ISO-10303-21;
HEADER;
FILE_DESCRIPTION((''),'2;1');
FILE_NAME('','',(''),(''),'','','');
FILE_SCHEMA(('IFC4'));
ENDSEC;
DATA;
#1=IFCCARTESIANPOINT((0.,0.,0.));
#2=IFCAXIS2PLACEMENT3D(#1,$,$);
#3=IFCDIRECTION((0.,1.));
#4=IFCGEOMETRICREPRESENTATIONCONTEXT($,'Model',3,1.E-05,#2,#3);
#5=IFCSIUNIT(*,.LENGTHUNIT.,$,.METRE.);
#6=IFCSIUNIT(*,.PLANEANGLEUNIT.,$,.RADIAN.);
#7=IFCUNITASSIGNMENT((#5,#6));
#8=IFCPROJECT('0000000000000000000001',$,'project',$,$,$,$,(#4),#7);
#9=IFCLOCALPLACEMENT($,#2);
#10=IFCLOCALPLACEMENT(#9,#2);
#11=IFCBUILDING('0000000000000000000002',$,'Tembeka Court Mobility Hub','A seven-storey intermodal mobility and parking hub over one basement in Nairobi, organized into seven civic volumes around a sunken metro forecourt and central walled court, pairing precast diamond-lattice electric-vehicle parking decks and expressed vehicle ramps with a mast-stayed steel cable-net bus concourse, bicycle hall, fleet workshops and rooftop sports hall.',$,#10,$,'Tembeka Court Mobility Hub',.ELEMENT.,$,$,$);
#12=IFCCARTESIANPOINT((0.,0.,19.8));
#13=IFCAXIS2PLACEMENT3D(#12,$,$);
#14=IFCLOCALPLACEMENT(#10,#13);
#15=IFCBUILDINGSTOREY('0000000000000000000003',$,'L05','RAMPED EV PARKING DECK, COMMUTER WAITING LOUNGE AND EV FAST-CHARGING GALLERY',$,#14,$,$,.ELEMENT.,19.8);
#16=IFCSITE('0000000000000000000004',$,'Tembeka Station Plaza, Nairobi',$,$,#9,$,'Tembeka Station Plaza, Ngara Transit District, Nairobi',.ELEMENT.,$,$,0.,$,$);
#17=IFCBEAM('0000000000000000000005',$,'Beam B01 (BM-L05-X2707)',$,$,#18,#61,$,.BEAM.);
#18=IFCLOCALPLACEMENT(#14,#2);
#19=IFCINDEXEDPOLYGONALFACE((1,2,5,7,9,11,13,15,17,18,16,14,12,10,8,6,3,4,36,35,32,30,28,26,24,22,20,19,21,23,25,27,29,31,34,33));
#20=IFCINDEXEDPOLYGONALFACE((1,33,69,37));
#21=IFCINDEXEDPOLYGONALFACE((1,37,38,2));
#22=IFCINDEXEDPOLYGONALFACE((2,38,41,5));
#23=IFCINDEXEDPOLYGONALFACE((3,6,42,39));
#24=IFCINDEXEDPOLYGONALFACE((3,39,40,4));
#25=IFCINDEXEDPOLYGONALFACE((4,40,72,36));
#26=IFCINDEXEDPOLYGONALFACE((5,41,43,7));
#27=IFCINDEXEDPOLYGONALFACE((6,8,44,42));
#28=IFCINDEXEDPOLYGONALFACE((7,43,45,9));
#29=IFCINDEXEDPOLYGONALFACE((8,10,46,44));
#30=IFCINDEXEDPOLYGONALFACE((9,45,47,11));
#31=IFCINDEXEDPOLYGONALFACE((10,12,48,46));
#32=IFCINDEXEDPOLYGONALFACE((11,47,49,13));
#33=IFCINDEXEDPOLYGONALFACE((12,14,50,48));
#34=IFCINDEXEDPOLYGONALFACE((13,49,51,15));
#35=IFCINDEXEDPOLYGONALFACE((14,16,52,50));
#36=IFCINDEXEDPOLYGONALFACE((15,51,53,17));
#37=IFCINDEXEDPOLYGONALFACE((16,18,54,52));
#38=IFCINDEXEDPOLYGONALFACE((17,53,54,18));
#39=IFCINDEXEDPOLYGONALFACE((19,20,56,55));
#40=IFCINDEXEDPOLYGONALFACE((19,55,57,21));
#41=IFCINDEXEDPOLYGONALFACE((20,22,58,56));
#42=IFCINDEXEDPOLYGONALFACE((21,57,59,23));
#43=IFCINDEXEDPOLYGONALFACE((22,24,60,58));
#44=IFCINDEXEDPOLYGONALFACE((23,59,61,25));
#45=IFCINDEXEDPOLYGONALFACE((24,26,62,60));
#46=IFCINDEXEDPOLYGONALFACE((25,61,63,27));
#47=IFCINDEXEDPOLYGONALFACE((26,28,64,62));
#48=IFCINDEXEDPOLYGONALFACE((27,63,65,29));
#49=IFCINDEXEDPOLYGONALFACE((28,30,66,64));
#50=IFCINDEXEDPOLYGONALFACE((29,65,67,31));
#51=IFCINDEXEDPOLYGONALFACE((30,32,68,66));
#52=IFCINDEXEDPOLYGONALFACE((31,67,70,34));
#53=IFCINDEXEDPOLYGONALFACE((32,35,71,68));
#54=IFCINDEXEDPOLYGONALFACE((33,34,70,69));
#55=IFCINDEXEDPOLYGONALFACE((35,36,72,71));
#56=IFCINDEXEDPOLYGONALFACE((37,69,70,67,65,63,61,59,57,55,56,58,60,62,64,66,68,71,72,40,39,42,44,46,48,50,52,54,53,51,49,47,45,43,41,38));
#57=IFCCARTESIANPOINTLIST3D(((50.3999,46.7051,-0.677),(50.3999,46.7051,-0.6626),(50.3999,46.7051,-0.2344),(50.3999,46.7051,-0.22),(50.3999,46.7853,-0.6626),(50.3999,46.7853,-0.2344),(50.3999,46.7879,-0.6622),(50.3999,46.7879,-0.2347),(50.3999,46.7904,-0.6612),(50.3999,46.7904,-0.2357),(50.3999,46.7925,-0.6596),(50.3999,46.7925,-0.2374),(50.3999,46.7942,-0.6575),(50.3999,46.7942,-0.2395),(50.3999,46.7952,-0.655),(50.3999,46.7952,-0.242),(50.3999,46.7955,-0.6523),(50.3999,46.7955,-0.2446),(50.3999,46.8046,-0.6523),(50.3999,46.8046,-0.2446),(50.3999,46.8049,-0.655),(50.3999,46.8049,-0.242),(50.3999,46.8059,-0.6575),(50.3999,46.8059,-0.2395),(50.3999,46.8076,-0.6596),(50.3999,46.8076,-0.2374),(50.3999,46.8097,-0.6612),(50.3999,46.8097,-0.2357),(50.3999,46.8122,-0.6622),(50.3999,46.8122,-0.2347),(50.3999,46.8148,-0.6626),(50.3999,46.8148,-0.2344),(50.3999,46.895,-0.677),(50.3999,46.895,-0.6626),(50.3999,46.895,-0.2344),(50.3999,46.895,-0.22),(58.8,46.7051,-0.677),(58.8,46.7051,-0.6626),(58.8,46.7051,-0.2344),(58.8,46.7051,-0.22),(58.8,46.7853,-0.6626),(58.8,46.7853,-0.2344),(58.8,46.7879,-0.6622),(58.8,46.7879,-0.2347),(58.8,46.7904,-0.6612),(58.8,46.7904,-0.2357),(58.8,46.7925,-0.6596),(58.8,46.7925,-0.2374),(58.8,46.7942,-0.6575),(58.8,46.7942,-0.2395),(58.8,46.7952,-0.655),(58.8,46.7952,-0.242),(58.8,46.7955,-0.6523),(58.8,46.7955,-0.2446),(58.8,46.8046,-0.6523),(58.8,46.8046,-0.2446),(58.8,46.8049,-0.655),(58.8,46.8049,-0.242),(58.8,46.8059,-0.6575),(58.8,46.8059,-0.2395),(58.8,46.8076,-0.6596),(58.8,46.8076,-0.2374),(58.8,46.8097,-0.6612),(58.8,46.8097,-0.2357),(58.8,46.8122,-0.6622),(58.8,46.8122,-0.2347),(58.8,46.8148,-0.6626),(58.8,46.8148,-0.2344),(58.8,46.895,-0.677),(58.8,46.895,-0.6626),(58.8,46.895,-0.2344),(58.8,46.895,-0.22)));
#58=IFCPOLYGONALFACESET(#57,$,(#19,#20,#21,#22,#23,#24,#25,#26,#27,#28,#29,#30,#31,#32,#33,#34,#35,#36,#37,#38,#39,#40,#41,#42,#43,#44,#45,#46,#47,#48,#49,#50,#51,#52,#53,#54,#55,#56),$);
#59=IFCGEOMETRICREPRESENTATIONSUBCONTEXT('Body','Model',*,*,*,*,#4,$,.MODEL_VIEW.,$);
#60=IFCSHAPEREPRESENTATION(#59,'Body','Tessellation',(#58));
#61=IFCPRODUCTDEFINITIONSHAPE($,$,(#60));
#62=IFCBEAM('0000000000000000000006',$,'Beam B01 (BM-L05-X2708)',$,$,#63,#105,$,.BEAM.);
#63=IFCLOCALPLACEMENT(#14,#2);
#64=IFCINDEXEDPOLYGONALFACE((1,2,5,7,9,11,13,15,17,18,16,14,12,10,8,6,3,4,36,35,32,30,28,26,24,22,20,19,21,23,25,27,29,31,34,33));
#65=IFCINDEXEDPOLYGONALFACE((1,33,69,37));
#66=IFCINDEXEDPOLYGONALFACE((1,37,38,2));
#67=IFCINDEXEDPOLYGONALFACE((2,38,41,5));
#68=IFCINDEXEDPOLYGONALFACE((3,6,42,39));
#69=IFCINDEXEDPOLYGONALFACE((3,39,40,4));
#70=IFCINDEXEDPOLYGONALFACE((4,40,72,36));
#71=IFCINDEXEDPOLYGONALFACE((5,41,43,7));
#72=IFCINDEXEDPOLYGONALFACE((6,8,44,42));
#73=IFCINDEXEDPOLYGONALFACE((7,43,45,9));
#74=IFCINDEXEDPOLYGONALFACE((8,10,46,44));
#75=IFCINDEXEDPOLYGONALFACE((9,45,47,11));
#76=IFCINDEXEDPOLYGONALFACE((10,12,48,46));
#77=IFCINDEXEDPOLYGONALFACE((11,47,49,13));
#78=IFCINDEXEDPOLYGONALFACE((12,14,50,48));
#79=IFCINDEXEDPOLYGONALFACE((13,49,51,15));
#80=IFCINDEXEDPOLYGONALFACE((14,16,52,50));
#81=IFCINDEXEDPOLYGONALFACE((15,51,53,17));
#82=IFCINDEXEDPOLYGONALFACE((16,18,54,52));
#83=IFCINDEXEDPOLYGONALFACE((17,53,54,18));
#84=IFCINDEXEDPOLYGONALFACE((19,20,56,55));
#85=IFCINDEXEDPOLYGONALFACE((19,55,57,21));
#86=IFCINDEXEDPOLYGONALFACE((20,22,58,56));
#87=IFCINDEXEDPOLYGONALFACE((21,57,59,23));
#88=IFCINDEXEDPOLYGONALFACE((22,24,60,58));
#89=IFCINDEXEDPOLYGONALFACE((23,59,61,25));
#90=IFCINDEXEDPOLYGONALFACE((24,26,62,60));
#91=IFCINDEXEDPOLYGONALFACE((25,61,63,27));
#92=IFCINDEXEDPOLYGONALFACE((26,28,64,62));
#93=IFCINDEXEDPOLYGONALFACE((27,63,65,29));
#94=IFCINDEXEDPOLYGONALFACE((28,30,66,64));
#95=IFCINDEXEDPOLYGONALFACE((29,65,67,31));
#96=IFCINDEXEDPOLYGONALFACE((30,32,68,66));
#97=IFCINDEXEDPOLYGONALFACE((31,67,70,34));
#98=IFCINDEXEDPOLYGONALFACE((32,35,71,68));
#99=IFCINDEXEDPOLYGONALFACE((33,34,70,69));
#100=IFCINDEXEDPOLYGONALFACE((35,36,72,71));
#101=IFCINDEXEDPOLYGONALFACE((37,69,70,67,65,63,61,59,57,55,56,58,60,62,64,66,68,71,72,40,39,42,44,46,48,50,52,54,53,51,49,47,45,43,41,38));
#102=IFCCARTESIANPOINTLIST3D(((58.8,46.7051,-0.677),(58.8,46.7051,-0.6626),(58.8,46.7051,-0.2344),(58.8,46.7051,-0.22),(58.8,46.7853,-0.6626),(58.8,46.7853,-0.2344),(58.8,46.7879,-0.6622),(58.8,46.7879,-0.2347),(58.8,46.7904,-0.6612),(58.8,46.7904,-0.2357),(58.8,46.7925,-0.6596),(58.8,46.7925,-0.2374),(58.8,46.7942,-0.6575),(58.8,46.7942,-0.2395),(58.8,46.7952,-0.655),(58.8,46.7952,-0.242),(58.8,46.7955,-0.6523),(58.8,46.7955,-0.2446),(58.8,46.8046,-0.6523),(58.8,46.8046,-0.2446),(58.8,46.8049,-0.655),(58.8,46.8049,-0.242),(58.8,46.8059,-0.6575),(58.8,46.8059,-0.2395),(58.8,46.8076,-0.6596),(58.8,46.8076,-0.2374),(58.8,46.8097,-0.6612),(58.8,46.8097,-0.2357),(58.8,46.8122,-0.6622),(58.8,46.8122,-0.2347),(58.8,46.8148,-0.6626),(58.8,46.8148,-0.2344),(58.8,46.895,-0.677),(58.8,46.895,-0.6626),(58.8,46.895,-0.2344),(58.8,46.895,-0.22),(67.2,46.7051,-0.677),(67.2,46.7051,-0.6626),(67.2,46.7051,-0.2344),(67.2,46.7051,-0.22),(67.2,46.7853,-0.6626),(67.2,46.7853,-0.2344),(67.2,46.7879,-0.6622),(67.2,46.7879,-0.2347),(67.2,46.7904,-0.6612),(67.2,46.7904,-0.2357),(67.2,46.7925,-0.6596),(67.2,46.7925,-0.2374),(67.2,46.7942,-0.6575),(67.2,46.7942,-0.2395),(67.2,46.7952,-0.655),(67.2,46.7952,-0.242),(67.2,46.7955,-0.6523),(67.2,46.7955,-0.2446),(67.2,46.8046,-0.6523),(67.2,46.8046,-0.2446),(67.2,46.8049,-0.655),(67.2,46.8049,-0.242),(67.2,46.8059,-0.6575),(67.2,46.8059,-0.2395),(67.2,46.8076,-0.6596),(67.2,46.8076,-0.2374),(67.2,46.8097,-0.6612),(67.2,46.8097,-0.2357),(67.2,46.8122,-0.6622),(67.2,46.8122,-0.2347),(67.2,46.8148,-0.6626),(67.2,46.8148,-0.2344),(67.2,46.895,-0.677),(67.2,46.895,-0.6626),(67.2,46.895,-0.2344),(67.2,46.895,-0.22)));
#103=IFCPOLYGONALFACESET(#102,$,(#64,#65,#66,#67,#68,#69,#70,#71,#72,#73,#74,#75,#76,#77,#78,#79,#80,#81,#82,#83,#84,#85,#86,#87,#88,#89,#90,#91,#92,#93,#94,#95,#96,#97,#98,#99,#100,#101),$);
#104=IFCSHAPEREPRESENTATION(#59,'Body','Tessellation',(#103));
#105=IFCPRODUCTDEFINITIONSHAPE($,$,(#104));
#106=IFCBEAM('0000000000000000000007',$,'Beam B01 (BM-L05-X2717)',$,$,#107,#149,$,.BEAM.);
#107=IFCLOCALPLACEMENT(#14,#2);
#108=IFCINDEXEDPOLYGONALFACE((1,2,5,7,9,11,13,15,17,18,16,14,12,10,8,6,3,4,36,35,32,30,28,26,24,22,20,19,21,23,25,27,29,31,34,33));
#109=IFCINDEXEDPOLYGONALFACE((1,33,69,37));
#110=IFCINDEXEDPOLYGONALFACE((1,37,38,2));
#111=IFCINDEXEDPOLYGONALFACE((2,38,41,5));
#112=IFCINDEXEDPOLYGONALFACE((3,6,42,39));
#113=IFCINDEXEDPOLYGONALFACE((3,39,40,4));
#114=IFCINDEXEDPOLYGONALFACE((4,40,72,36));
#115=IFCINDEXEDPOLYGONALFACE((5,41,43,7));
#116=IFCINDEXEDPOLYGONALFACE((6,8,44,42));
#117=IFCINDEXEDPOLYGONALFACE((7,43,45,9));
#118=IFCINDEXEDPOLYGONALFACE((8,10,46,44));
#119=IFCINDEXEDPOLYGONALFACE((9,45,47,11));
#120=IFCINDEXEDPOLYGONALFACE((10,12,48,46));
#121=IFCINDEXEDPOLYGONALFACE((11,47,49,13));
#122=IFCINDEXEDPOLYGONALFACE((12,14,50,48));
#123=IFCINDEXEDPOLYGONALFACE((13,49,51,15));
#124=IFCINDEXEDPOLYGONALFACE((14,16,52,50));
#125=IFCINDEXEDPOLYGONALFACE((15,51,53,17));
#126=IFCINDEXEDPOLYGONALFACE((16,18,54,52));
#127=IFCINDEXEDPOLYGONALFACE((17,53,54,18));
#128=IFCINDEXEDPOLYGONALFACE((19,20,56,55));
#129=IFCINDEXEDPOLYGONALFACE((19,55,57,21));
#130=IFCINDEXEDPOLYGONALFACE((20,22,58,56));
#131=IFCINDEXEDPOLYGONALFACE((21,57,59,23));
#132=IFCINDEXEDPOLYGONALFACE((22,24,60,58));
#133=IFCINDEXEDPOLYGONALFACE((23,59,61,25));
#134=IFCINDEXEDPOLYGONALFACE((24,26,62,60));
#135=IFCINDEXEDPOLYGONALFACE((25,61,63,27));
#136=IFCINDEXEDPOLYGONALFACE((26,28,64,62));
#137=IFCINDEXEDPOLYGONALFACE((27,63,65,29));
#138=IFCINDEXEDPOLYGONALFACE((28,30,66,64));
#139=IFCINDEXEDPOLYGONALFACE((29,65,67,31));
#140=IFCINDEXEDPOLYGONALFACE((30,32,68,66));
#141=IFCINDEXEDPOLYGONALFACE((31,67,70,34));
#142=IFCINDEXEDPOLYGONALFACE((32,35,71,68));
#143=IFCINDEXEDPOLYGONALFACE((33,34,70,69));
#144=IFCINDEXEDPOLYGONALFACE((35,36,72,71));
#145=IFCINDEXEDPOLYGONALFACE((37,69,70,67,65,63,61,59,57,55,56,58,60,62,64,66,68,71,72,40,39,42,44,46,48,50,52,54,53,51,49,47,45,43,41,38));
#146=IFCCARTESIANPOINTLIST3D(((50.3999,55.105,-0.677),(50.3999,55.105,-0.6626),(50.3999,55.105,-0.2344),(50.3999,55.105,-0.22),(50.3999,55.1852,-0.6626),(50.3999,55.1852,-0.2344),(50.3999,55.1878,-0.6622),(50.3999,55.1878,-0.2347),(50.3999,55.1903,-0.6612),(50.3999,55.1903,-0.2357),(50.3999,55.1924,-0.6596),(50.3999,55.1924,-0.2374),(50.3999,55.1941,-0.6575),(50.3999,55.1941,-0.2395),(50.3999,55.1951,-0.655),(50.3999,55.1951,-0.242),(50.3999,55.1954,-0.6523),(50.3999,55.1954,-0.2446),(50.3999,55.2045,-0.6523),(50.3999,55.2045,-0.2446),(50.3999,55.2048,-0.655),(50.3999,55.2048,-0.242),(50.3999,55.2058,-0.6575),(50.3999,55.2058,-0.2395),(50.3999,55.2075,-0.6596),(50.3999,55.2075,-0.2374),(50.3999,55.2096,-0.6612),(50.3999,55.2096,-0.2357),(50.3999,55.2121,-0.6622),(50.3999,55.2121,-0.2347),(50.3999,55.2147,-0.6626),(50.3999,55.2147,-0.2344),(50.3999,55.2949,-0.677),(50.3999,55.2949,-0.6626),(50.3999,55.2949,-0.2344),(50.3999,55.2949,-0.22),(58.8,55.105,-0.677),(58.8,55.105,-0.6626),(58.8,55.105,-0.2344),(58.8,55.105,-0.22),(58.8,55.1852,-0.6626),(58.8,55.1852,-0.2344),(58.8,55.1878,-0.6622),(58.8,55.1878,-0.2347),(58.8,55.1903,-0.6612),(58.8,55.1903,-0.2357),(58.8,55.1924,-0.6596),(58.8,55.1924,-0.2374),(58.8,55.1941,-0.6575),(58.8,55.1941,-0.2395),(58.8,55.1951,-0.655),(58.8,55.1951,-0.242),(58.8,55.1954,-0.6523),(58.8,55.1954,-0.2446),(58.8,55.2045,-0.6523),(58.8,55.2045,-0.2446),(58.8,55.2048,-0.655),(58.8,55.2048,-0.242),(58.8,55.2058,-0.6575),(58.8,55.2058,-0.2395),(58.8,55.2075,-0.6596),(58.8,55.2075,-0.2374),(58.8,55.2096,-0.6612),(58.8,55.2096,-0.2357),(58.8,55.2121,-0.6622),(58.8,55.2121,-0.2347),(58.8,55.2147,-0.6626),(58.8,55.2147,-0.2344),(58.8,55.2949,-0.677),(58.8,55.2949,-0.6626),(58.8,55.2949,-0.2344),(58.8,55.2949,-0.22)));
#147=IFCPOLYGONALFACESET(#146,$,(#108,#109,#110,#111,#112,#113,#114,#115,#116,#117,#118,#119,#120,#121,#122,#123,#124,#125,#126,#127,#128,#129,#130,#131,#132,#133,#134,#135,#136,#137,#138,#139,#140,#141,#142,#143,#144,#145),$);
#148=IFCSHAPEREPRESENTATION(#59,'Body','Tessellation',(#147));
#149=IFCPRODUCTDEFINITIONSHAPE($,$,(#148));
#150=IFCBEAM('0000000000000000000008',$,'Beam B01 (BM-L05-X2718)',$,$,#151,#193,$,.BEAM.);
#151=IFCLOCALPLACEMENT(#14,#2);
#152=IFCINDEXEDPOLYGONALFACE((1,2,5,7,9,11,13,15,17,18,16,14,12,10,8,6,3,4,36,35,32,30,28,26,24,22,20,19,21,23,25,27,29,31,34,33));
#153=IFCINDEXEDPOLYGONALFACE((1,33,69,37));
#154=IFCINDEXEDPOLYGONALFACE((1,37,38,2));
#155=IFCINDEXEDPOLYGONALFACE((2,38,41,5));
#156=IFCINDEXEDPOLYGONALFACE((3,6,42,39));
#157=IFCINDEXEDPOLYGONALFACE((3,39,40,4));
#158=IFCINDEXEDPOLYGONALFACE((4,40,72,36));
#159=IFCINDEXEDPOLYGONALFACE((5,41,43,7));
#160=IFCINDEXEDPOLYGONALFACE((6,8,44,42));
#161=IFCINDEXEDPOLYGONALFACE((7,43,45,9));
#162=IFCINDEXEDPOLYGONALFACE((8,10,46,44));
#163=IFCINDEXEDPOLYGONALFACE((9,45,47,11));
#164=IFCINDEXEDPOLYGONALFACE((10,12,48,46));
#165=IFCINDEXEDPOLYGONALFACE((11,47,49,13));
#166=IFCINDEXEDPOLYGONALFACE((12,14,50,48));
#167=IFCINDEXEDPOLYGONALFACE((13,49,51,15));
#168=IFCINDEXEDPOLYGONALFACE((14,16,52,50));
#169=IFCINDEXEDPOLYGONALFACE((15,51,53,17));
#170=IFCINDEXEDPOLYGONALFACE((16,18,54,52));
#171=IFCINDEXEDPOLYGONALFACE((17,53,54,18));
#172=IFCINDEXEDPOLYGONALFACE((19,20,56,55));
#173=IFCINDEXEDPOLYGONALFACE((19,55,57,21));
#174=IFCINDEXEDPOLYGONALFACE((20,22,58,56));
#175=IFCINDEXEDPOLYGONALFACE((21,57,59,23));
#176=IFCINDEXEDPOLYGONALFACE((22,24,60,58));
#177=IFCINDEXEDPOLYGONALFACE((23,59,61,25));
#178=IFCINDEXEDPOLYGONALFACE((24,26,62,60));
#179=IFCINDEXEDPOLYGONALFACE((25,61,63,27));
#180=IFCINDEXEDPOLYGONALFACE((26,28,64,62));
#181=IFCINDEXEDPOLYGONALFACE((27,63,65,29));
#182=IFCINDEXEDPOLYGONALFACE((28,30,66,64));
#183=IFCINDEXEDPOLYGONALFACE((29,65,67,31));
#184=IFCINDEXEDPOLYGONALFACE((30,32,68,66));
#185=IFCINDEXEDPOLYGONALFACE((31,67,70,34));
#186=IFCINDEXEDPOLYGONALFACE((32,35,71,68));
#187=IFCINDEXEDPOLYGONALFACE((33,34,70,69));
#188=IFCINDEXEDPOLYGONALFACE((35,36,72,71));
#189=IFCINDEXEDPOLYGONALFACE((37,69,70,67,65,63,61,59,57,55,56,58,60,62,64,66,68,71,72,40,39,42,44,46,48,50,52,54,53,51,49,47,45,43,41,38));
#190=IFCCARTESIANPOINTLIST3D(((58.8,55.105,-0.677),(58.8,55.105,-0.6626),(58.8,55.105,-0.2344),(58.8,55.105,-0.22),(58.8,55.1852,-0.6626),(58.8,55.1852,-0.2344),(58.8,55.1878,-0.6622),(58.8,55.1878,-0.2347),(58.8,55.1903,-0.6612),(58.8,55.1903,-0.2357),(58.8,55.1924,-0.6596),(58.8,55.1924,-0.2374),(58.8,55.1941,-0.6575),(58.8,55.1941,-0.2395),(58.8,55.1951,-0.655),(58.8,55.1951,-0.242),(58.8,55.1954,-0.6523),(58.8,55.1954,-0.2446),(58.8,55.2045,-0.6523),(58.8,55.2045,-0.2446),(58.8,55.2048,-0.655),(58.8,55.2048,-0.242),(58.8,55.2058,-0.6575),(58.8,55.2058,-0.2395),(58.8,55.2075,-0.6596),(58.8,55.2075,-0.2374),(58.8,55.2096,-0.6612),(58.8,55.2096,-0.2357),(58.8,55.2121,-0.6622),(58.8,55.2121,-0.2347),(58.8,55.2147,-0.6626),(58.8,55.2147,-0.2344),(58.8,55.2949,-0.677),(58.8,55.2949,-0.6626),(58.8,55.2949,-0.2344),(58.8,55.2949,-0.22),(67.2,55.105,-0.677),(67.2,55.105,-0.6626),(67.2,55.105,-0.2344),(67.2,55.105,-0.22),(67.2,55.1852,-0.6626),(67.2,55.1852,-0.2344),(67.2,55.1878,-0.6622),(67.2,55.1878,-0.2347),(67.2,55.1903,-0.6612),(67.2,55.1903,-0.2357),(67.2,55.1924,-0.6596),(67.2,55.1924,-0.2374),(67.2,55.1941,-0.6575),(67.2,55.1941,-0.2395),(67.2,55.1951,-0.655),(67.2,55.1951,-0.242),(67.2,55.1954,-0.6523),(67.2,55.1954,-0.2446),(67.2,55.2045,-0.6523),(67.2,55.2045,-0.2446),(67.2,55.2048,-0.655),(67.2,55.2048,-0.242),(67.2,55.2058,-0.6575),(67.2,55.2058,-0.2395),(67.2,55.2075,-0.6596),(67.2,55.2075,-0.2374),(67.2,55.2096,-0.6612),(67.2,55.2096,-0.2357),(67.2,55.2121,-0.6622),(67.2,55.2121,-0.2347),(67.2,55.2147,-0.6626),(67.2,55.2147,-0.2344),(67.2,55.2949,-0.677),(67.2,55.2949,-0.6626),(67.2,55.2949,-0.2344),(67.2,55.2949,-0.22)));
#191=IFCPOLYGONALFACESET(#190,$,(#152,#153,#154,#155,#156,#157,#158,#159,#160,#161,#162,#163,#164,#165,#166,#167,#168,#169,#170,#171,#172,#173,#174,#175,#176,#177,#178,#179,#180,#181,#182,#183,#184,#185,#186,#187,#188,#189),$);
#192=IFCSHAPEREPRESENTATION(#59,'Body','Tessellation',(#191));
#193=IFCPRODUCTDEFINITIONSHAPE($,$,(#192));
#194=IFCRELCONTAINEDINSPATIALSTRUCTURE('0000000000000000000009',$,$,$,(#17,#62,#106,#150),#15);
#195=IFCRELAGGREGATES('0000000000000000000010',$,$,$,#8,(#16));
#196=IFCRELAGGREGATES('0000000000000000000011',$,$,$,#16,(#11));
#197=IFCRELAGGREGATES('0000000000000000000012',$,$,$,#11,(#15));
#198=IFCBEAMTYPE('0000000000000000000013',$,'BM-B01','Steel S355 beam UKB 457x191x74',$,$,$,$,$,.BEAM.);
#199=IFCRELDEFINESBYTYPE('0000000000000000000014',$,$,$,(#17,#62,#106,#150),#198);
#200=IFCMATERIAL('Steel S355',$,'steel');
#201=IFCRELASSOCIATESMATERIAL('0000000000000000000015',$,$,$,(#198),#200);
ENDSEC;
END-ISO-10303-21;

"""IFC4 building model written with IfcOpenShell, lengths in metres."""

from ifc_helpers import new_model, si_unit, direction, frame, origin, origin_2d, place, context, subcontext, project, spatial, i_section, extrude, material, material_profile, profile_set, type_object, element, save


model = new_model("IFC4")

# Units and contexts
model_context = context("Model", 3, precision=1e-05, world=origin(), true_north=direction((0.0, 1.0)))
body_context = subcontext(model_context, "Body", "Model", "MODEL_VIEW")
ifc_project = project(units=[si_unit("LENGTHUNIT", "METRE"), si_unit("PLANEANGLEUNIT", "RADIAN")], contexts=[model_context])

# Site, building, storey
site_placement = place(None, origin())
site = spatial("IfcSite", under=ifc_project, at=site_placement, Name="Tembeka Station Plaza, Nairobi", LongName="Tembeka Station Plaza, Ngara Transit District, Nairobi", CompositionType="ELEMENT", RefElevation=0.0)
building_placement = place(site_placement, origin())
building = spatial("IfcBuilding", under=site, at=building_placement, Name="Tembeka Court Mobility Hub", Description="A seven-storey intermodal mobility and parking hub over one basement in Nairobi, organized into seven civic volumes around a sunken metro forecourt and central walled court, pairing precast diamond-lattice electric-vehicle parking decks and expressed vehicle ramps with a mast-stayed steel cable-net bus concourse, bicycle hall, fleet workshops and rooftop sports hall.", LongName="Tembeka Court Mobility Hub", CompositionType="ELEMENT")
storey_placement = place(building_placement, frame((0.0, 0.0, 19.8)))
storey = spatial("IfcBuildingStorey", under=building, at=storey_placement, Name="L05", Description="RAMPED EV PARKING DECK, COMMUTER WAITING LOUNGE AND EV FAST-CHARGING GALLERY", CompositionType="ELEMENT", Elevation=19.8)

# Shared definitions
ifc_material_1 = material(Name="Steel S355", Category="steel")

# Beams
ifc_material_profile_1 = material_profile(ifc_material_1, i_section(OverallWidth=0.1899, OverallDepth=0.457, WebThickness=0.009, FlangeThickness=0.0144, FilletRadius=0.0103, at=origin_2d()), Name="UKB 457x191x74")
ifc_profile_set_1 = profile_set([ifc_material_profile_1], Name="Steel S355")
beam_type_1 = type_object("IfcBeamType", Name="BM-B01", Description="Steel S355 beam UKB 457x191x74", PredefinedType="BEAM", material=ifc_profile_set_1)
beam_1_placement = place(storey_placement, frame((50.3999, 46.8, -0.4485), z_axis=(1.0, 0.0, 0.0), x_axis=(0.0, 1.0, 0.0)))
element("IfcBeam", 1, at=beam_1_placement, inside=storey, type_object=beam_type_1, Name="Beam B01 (BM-L05-X2707)", PredefinedType="BEAM", context=body_context, shape_type="SweptSolid", body=[
    extrude(i_section(OverallWidth=0.1899, OverallDepth=0.457, WebThickness=0.009, FlangeThickness=0.0144, FilletRadius=0.0103, at=origin_2d()), origin(), (0.0, 0.0, 1.0), 8.4001),
])
beam_2_placement = place(storey_placement, frame((58.8, 46.8, -0.4485), z_axis=(1.0, 0.0, 0.0), x_axis=(0.0, 1.0, 0.0)))
element("IfcBeam", 2, at=beam_2_placement, inside=storey, type_object=beam_type_1, Name="Beam B01 (BM-L05-X2708)", PredefinedType="BEAM", context=body_context, shape_type="SweptSolid", body=[
    extrude(i_section(OverallWidth=0.1899, OverallDepth=0.457, WebThickness=0.009, FlangeThickness=0.0144, FilletRadius=0.0103, at=origin_2d()), origin(), (0.0, 0.0, 1.0), 8.3999),
])
beam_3_placement = place(storey_placement, frame((50.3999, 55.2, -0.4485), z_axis=(1.0, 0.0, 0.0), x_axis=(0.0, 1.0, 0.0)))
element("IfcBeam", 3, at=beam_3_placement, inside=storey, type_object=beam_type_1, Name="Beam B01 (BM-L05-X2717)", PredefinedType="BEAM", context=body_context, shape_type="SweptSolid", body=[
    extrude(i_section(OverallWidth=0.1899, OverallDepth=0.457, WebThickness=0.009, FlangeThickness=0.0144, FilletRadius=0.0103, at=origin_2d()), origin(), (0.0, 0.0, 1.0), 8.4001),
])
beam_4_placement = place(storey_placement, frame((58.8, 55.2, -0.4485), z_axis=(1.0, 0.0, 0.0), x_axis=(0.0, 1.0, 0.0)))
element("IfcBeam", 4, at=beam_4_placement, inside=storey, type_object=beam_type_1, Name="Beam B01 (BM-L05-X2718)", PredefinedType="BEAM", context=body_context, shape_type="SweptSolid", body=[
    extrude(i_section(OverallWidth=0.1899, OverallDepth=0.457, WebThickness=0.009, FlangeThickness=0.0144, FilletRadius=0.0103, at=origin_2d()), origin(), (0.0, 0.0, 1.0), 8.3999),
])

save(model, "model.ifc")
